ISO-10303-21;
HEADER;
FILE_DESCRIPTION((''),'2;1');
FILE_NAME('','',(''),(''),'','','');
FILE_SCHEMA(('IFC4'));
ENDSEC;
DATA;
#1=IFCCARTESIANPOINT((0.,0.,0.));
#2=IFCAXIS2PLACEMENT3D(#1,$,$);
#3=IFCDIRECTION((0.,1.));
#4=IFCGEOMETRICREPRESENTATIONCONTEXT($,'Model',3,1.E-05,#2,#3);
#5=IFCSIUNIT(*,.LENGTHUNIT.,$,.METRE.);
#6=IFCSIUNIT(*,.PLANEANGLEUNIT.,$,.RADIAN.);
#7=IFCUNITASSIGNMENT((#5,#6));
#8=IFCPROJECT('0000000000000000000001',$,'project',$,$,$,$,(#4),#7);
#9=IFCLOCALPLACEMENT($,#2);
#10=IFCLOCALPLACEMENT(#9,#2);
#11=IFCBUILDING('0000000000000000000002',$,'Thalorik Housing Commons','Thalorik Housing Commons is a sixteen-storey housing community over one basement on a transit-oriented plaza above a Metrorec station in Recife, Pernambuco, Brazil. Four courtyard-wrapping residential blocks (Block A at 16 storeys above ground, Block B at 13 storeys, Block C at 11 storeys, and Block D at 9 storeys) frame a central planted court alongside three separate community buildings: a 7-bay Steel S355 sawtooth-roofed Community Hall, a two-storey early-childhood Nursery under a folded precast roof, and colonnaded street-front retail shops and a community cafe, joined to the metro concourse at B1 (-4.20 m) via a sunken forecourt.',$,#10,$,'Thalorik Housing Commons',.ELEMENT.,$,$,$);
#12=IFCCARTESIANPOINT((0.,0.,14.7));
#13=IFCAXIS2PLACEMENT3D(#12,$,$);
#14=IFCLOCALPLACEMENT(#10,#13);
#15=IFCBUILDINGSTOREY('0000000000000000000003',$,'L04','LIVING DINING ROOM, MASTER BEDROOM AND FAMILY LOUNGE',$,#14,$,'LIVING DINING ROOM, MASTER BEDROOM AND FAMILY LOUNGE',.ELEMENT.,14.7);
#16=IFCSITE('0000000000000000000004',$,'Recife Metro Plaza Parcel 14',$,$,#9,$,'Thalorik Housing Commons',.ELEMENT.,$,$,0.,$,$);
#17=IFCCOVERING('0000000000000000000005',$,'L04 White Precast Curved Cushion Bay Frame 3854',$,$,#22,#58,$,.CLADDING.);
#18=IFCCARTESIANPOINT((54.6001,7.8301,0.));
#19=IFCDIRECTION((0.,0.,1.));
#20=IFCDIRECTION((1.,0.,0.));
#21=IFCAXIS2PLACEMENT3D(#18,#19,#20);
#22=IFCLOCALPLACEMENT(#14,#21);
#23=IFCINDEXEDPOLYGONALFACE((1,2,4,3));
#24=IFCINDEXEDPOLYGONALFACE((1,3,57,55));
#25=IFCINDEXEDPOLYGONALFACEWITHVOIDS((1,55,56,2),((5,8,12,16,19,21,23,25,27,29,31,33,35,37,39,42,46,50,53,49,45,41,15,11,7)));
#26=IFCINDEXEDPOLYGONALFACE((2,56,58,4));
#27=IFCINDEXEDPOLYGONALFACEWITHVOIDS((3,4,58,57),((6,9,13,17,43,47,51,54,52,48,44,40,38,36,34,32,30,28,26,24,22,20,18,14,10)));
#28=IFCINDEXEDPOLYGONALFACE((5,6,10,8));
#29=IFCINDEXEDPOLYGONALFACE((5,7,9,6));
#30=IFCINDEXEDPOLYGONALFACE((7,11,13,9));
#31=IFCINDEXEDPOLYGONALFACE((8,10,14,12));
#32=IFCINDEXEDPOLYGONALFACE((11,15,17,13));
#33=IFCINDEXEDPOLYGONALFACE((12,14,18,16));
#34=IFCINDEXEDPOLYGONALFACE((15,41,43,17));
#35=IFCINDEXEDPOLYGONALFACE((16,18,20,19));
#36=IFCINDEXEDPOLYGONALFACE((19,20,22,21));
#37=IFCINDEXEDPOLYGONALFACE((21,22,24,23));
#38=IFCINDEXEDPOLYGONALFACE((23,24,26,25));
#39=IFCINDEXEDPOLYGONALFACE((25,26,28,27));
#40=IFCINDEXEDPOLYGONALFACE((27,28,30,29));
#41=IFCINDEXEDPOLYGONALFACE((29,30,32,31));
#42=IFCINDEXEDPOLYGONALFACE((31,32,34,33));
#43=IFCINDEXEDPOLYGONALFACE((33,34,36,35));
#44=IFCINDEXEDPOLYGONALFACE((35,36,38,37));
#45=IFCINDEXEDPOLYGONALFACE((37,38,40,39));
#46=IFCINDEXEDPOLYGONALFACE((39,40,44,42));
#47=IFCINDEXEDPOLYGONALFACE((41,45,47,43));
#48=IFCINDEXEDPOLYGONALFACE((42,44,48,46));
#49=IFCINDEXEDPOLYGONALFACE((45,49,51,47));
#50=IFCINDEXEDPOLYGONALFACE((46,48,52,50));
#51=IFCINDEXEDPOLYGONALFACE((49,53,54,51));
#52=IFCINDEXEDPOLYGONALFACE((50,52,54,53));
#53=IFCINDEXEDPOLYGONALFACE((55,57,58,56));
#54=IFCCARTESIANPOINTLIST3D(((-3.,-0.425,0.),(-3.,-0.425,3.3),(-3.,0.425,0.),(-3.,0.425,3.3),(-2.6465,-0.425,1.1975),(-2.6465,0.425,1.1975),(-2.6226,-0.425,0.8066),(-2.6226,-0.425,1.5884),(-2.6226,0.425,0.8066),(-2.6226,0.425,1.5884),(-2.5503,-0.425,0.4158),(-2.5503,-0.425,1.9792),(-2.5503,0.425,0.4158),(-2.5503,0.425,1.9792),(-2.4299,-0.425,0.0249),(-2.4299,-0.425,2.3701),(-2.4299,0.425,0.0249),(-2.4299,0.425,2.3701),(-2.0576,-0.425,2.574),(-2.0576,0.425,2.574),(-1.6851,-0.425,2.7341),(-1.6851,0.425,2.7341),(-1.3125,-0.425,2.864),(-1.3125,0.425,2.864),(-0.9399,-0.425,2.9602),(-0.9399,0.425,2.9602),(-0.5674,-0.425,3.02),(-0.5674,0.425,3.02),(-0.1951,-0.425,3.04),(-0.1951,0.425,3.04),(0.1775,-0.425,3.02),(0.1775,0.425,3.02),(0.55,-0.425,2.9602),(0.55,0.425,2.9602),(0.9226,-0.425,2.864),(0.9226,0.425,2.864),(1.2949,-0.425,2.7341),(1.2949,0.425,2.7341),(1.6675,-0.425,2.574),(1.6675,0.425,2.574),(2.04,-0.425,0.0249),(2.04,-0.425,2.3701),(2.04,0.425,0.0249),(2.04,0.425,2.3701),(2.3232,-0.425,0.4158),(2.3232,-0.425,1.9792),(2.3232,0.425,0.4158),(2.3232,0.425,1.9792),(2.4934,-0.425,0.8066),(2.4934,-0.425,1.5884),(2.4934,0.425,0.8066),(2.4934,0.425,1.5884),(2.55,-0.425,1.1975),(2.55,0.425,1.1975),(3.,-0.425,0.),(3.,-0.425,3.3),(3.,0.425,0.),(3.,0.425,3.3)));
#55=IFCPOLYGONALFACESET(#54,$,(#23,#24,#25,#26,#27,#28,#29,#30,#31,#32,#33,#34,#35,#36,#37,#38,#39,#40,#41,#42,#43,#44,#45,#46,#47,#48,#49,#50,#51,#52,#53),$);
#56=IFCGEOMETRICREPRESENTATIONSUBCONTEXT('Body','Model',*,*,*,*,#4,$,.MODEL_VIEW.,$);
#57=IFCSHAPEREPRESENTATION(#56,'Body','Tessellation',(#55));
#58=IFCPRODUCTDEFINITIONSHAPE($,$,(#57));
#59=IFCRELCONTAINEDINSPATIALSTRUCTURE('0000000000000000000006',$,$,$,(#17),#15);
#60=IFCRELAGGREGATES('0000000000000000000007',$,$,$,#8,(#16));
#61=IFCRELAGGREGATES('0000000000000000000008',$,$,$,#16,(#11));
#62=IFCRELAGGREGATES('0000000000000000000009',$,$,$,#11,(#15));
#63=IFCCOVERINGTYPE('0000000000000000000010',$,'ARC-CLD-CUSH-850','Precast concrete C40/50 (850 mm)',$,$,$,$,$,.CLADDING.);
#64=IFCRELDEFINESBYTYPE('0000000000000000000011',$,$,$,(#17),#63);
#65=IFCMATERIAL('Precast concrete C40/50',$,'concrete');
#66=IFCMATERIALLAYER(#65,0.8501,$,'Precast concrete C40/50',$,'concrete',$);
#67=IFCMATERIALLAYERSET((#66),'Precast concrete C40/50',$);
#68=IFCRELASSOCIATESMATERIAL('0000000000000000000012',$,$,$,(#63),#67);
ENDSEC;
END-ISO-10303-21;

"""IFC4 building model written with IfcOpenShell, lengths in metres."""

from ifc_helpers import new_model, si_unit, direction, frame, origin, place, context, subcontext, project, spatial, polyline, outline, extrude, material, layer, layer_set, type_object, element, save


model = new_model("IFC4")

# Units and contexts
model_context = context("Model", 3, precision=1e-05, world=origin(), true_north=direction((0.0, 1.0)))
body_context = subcontext(model_context, "Body", "Model", "MODEL_VIEW")
ifc_project = project(units=[si_unit("LENGTHUNIT", "METRE"), si_unit("PLANEANGLEUNIT", "RADIAN")], contexts=[model_context])

# Site, building, storey
site_placement = place(None, origin())
site = spatial("IfcSite", under=ifc_project, at=site_placement, Name="Recife Metro Plaza Parcel 14", LongName="Thalorik Housing Commons", CompositionType="ELEMENT", RefElevation=0.0)
building_placement = place(site_placement, origin())
building = spatial("IfcBuilding", under=site, at=building_placement, Name="Thalorik Housing Commons", Description="Thalorik Housing Commons is a sixteen-storey housing community over one basement on a transit-oriented plaza above a Metrorec station in Recife, Pernambuco, Brazil. Four courtyard-wrapping residential blocks (Block A at 16 storeys above ground, Block B at 13 storeys, Block C at 11 storeys, and Block D at 9 storeys) frame a central planted court alongside three separate community buildings: a 7-bay Steel S355 sawtooth-roofed Community Hall, a two-storey early-childhood Nursery under a folded precast roof, and colonnaded street-front retail shops and a community cafe, joined to the metro concourse at B1 (-4.20 m) via a sunken forecourt.", LongName="Thalorik Housing Commons", CompositionType="ELEMENT")
storey_placement = place(building_placement, frame((0.0, 0.0, 14.7)))
storey = spatial("IfcBuildingStorey", under=building, at=storey_placement, Name="L04", Description="LIVING DINING ROOM, MASTER BEDROOM AND FAMILY LOUNGE", LongName="LIVING DINING ROOM, MASTER BEDROOM AND FAMILY LOUNGE", CompositionType="ELEMENT", Elevation=14.7)

# Shared definitions
ifc_material_1 = material(Name="Precast concrete C40/50", Category="concrete")

# Covering
ifc_layer_1 = layer(ifc_material_1, 0.8501, Name="Precast concrete C40/50", Category="concrete")
ifc_layer_set_1 = layer_set([ifc_layer_1], Name="Precast concrete C40/50")
covering_type_1 = type_object("IfcCoveringType", Name="ARC-CLD-CUSH-850", Description="Precast concrete C40/50 (850 mm)", PredefinedType="CLADDING", material=ifc_layer_set_1)
covering_1_placement = place(storey_placement, frame((54.6001, 7.8301, 0.0), z_axis=(0.0, 0.0, 1.0), x_axis=(1.0, 0.0, 0.0)))
element("IfcCovering", 1, at=covering_1_placement, inside=storey, type_object=covering_type_1, Name="L04 White Precast Curved Cushion Bay Frame 3854", PredefinedType="CLADDING", context=body_context, shape_type="SweptSolid", body=[
    extrude(outline(polyline([(-3.0, 0.0), (3.0, 0.0), (3.0, 3.3), (-3.0, 3.3), (-3.0, 0.0)]), holes=[polyline([(2.04, 0.0249), (2.3232, 0.4158), (2.4934, 0.8066), (2.55, 1.1975), (2.4934, 1.5884), (2.3232, 1.9792), (2.04, 2.3701), (1.6675, 2.574), (1.2949, 2.7341), (0.9226, 2.864), (0.55, 2.9602), (0.1775, 3.02), (-0.1951, 3.04), (-0.5674, 3.02), (-0.9399, 2.9602), (-1.3125, 2.864), (-1.6851, 2.7341), (-2.0576, 2.574), (-2.4299, 2.3701), (-2.5503, 1.9792), (-2.6226, 1.5884), (-2.6465, 1.1975), (-2.6226, 0.8066), (-2.5503, 0.4158), (-2.4299, 0.0249), (2.04, 0.0249)])]), frame((0.0, 0.425, 0.0), z_axis=(0.0, -1.0, 0.0), x_axis=(1.0, 0.0, 0.0)), (0.0, 0.0, 1.0), 0.8501),
])

save(model, "model.ifc")
